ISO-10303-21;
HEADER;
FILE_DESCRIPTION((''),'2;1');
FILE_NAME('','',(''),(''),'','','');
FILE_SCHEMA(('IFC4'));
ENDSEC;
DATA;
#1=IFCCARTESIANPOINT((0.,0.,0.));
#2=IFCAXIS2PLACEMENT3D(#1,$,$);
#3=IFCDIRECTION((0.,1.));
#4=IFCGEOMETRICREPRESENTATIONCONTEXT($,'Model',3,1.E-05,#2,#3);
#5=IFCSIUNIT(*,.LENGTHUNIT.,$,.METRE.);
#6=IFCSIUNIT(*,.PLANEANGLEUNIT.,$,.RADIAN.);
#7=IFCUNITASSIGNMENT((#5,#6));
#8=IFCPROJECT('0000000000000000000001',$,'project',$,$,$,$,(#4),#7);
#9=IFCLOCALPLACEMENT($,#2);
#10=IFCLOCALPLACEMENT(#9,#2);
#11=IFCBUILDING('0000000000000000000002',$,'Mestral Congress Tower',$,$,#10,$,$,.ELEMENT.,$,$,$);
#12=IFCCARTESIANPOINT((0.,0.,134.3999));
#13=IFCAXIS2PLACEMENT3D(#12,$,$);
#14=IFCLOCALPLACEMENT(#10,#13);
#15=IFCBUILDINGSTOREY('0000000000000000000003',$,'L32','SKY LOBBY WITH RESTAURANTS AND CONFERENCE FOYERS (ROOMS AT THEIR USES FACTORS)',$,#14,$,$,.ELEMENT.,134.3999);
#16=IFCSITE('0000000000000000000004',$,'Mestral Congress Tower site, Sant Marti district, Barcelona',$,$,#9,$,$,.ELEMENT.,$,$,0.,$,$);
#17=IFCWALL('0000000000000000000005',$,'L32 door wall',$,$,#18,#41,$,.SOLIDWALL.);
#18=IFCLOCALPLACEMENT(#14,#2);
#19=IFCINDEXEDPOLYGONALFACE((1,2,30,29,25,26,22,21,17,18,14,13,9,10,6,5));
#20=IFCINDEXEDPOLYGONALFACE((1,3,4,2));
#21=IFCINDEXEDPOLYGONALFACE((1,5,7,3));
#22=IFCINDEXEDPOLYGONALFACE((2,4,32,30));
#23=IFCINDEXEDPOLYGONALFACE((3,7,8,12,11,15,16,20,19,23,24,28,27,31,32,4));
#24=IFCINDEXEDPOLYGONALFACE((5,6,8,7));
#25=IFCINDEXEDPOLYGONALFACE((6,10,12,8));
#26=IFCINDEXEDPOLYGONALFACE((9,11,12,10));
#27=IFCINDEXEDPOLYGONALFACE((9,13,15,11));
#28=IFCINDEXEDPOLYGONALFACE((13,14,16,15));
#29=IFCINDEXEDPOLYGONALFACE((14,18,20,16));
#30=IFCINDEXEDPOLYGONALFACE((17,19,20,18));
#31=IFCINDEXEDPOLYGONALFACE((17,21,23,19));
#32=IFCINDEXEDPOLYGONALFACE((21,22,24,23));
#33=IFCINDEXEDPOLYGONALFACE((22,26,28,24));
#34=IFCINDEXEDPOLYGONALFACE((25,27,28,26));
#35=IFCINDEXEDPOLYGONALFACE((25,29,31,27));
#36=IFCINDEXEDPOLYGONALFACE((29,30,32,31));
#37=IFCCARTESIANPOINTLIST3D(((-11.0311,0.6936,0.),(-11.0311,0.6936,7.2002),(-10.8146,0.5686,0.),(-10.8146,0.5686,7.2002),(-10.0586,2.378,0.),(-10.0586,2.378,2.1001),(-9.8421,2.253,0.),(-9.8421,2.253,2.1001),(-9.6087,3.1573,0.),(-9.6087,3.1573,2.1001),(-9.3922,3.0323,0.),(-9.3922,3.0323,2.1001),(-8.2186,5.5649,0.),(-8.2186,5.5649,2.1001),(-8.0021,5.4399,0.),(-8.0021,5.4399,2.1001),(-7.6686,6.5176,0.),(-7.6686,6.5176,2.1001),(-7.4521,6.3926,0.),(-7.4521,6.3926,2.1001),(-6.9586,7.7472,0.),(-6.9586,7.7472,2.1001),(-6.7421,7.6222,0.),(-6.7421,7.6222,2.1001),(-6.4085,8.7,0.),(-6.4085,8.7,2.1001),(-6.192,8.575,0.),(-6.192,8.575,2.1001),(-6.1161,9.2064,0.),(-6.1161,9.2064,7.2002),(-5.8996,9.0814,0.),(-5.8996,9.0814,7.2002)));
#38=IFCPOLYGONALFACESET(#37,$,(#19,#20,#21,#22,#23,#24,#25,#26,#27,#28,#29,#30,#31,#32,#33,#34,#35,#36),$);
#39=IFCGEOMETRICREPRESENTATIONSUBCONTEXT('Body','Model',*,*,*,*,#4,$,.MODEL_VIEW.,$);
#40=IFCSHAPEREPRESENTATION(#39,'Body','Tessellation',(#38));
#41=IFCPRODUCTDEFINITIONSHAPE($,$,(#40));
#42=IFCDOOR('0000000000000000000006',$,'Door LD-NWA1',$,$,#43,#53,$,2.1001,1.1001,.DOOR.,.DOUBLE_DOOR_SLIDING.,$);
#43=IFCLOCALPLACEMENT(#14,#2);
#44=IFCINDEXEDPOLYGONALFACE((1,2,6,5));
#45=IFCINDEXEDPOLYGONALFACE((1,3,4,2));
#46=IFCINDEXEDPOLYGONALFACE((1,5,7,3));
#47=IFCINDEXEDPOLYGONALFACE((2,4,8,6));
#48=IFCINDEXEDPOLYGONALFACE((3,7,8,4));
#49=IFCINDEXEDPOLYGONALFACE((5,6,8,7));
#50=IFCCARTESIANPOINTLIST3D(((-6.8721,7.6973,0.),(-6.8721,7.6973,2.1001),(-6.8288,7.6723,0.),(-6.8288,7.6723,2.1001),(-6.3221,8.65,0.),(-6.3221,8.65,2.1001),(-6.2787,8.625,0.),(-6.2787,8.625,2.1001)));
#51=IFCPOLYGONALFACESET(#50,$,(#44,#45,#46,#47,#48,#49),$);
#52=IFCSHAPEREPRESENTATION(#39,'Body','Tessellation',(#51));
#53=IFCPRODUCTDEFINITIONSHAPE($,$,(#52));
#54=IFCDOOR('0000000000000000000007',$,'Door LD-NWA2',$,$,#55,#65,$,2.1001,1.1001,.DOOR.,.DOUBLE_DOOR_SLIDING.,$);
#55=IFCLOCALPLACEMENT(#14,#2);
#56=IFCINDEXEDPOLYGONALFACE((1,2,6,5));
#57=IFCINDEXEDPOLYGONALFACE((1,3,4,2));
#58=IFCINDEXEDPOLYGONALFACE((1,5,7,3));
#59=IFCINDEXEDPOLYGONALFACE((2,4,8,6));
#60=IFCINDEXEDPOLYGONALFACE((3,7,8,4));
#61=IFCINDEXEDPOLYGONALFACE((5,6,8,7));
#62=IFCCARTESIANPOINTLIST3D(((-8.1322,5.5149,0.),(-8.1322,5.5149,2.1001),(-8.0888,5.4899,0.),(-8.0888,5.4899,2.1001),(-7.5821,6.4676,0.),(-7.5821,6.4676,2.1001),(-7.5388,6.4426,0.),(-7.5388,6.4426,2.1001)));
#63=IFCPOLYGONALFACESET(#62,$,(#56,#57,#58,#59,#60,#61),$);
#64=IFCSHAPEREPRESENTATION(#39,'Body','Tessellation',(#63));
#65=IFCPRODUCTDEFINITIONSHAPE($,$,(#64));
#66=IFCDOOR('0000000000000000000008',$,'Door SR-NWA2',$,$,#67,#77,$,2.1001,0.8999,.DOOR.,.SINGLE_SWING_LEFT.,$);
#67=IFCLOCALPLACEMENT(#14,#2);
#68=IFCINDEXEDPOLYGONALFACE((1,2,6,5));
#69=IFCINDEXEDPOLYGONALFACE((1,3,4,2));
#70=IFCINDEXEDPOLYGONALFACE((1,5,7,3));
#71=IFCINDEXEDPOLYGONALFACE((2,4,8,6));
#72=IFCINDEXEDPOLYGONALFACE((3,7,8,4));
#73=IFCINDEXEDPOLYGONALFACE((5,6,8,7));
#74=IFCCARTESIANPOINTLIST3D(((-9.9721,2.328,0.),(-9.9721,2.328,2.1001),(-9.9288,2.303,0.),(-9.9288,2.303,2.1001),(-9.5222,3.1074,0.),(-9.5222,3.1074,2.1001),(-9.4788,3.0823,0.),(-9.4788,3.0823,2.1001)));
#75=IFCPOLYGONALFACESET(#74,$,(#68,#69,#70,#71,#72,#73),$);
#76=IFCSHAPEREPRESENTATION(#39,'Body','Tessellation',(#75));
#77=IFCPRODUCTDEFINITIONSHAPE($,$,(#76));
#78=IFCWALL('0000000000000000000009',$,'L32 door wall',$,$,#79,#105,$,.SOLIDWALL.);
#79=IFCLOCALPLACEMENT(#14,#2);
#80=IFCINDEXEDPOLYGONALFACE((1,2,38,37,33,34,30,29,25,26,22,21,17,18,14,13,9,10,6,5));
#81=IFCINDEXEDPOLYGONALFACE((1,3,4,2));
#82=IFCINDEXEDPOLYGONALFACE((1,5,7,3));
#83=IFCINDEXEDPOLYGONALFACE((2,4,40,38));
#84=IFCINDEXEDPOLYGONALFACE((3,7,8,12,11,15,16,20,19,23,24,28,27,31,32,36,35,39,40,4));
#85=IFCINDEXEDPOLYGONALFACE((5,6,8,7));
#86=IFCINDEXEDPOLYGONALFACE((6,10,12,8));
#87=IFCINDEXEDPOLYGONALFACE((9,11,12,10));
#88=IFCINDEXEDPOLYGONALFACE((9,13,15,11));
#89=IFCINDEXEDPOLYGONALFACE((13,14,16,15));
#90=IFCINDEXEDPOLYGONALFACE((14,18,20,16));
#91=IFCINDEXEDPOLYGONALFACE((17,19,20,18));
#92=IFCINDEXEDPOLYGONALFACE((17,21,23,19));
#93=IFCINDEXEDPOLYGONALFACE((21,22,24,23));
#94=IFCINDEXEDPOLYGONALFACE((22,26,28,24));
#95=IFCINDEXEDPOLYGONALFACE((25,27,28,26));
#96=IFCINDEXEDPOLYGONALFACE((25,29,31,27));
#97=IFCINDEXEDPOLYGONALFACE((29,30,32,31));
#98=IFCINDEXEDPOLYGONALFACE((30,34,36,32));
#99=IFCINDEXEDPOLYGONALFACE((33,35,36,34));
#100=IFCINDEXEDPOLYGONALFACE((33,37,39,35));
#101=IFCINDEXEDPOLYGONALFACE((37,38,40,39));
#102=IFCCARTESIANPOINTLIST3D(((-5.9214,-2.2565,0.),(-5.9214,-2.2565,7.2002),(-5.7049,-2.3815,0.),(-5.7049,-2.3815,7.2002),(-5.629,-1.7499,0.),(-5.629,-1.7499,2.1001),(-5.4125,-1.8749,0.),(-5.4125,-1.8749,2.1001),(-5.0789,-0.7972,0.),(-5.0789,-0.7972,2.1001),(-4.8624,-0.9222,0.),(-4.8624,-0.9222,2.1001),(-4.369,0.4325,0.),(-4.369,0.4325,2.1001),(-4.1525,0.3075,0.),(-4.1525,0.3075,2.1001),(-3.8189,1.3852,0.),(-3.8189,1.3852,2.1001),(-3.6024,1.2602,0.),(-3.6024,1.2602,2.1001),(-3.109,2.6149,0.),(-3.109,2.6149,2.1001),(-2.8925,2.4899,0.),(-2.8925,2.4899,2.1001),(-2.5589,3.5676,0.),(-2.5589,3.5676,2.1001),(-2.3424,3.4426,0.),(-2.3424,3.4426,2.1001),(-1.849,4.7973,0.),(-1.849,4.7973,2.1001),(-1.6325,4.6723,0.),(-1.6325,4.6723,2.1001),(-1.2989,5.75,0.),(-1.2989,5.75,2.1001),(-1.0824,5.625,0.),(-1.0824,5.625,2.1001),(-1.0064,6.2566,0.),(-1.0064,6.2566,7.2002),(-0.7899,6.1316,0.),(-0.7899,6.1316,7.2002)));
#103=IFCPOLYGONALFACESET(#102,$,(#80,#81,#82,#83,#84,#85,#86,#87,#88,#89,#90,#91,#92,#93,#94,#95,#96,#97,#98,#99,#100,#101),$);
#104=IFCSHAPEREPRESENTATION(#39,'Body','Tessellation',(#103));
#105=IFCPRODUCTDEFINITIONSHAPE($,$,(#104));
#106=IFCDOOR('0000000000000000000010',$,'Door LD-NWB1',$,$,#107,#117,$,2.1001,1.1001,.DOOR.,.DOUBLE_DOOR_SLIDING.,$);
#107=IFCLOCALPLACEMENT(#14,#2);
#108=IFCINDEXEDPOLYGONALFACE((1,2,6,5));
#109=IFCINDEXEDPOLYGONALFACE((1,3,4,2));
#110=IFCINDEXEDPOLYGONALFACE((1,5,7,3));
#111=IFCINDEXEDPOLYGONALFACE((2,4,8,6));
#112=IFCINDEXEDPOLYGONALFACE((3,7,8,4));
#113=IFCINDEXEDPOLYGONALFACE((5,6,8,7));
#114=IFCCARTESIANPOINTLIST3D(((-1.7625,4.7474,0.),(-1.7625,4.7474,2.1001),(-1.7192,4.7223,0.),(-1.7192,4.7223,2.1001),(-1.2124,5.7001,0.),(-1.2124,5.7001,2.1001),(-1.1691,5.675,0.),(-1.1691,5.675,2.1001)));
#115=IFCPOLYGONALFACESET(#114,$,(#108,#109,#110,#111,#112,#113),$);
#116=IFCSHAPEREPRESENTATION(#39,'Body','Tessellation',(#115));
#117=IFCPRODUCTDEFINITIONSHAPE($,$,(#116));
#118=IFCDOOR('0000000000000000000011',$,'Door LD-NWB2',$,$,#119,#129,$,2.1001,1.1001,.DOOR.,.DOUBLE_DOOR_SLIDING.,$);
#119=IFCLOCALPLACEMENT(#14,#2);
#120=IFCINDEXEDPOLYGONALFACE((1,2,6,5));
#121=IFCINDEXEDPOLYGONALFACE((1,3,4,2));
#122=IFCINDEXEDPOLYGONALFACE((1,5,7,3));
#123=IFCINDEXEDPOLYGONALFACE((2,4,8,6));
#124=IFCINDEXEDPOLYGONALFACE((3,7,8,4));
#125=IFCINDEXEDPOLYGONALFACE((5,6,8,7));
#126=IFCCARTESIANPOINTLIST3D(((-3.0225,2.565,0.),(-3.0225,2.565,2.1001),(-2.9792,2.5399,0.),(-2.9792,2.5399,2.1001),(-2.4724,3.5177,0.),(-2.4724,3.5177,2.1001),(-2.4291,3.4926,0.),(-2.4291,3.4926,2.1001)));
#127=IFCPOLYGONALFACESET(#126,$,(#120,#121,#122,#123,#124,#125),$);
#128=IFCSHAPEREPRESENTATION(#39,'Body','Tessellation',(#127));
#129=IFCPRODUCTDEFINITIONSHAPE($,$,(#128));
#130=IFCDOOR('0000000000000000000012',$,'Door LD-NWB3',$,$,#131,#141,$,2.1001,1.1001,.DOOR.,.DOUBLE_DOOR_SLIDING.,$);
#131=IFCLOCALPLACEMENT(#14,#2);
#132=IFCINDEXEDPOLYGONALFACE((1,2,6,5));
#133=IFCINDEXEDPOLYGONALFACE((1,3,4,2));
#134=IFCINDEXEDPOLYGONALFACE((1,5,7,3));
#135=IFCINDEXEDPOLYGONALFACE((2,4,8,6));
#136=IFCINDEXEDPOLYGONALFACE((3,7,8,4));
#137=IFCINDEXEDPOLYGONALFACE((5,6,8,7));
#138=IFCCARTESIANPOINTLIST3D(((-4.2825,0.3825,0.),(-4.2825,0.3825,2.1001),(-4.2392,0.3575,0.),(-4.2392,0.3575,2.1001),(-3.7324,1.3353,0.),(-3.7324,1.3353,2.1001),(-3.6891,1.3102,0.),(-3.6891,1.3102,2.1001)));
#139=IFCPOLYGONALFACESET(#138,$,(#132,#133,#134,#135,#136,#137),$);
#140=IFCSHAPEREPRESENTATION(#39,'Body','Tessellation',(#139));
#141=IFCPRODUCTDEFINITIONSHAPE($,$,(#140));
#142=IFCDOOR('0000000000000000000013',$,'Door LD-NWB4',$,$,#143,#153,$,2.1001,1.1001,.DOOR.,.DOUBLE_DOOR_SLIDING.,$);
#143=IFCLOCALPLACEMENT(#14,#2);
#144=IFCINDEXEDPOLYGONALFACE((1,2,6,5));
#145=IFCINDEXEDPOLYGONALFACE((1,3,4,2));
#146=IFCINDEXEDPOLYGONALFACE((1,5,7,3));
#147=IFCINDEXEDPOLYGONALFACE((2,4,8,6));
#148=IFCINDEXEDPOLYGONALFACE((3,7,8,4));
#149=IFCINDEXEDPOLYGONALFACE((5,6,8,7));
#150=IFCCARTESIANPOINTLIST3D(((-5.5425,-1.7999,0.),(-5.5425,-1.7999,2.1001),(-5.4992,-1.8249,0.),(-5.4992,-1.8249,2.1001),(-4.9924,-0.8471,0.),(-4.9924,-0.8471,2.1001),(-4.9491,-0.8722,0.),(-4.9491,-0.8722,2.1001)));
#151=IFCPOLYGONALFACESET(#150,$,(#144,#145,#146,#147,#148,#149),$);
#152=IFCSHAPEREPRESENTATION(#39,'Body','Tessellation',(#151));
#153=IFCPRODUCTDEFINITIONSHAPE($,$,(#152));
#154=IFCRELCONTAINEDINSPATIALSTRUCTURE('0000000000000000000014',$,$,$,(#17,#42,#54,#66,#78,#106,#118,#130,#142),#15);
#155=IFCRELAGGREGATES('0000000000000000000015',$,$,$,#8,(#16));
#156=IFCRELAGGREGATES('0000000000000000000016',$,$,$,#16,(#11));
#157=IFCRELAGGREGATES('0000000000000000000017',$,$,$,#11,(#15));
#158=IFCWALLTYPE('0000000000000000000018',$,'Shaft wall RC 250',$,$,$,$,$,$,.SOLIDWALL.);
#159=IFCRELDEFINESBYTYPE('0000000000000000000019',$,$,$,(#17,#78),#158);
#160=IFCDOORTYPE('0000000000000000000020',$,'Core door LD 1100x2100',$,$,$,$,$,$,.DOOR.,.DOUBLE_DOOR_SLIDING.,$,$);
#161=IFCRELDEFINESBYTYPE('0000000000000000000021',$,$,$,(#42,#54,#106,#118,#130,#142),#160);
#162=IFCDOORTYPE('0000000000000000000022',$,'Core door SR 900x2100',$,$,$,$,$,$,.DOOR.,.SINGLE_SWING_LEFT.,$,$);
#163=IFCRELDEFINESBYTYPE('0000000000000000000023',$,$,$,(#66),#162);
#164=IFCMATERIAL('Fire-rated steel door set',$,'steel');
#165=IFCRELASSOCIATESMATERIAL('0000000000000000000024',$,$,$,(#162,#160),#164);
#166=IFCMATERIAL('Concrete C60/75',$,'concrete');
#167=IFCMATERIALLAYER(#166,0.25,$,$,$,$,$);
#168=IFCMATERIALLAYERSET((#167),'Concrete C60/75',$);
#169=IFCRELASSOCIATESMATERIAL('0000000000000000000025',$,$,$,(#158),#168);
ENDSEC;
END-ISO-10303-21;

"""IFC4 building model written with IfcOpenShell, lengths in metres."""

from ifc_helpers import new_model, si_unit, direction, frame, frame_2d, origin, place, context, subcontext, project, spatial, rectangle, extrude, material, layer, layer_set, type_object, element, fill, save


model = new_model("IFC4")

# Units and contexts
model_context = context("Model", 3, precision=1e-05, world=origin(), true_north=direction((0.0, 1.0)))
body_context = subcontext(model_context, "Body", "Model", "MODEL_VIEW")
ifc_project = project(units=[si_unit("LENGTHUNIT", "METRE"), si_unit("PLANEANGLEUNIT", "RADIAN")], contexts=[model_context])

# Site, building, storey
site_placement = place(None, origin())
site = spatial("IfcSite", under=ifc_project, at=site_placement, Name="Mestral Congress Tower site, Sant Marti district, Barcelona", CompositionType="ELEMENT", RefElevation=0.0)
building_placement = place(site_placement, origin())
building = spatial("IfcBuilding", under=site, at=building_placement, Name="Mestral Congress Tower", CompositionType="ELEMENT")
storey_placement = place(building_placement, frame((0.0, 0.0, 134.3999)))
storey = spatial("IfcBuildingStorey", under=building, at=storey_placement, Name="L32", Description="SKY LOBBY WITH RESTAURANTS AND CONFERENCE FOYERS (ROOMS AT THEIR USES FACTORS)", CompositionType="ELEMENT", Elevation=134.3999)

# Shared definitions
ifc_material_1 = material(Name="Fire-rated steel door set", Category="steel")
door_type_1 = type_object("IfcDoorType", Name="Core door SR 900x2100", OperationType="SINGLE_SWING_LEFT", PredefinedType="DOOR", material=ifc_material_1)

# Shared definitions
ifc_material_2 = material(Name="Concrete C60/75", Category="concrete")
ifc_layer_1 = layer(ifc_material_2, 0.25)
ifc_layer_set_1 = layer_set([ifc_layer_1], Name="Concrete C60/75")
wall_type_1 = type_object("IfcWallType", Name="Shaft wall RC 250", PredefinedType="SOLIDWALL", material=ifc_layer_set_1)

# Walls, openings, doors
wall_1_placement = place(storey_placement, frame((-6.0078, 9.144, 0.0), z_axis=(0.0, 0.0, 1.0), x_axis=(-0.500007, -0.866021, 0.0)))
wall_1 = element("IfcWall", 1, at=wall_1_placement, inside=storey, type_object=wall_type_1, Name="L32 door wall", PredefinedType="SOLIDWALL", context=body_context, shape_type="SweptSolid", body=[
    extrude(rectangle(XDim=9.8298, YDim=0.25, at=frame_2d((4.915, 0.0))), origin(), (0.0, 0.0, 1.0), 7.2002),
])
opening_1_placement = place(wall_1_placement, frame((0.585, 0.0, 0.0)))
opening_1 = element("IfcOpeningElement", 2, at=opening_1_placement, cuts=wall_1, PredefinedType="OPENING", context=body_context, shape_type="SweptSolid", body=[
    extrude(rectangle(XDim=1.1001, YDim=2.1001, at=frame_2d((0.55, 1.05))), frame((0.0, 0.135, 0.0), z_axis=(0.0, -1.0, 0.0), x_axis=(1.0, 0.0, 0.0)), (0.0, 0.0, 1.0), 0.27),
])
opening_2_placement = place(wall_1_placement, frame((3.105, 0.0, 0.0)))
opening_2 = element("IfcOpeningElement", 3, at=opening_2_placement, cuts=wall_1, PredefinedType="OPENING", context=body_context, shape_type="SweptSolid", body=[
    extrude(rectangle(XDim=1.1001, YDim=2.1001, at=frame_2d((0.55, 1.05))), frame((0.0, 0.135, 0.0), z_axis=(0.0, -1.0, 0.0), x_axis=(1.0, 0.0, 0.0)), (0.0, 0.0, 1.0), 0.27),
])
opening_3_placement = place(wall_1_placement, frame((6.9851, 0.0, 0.0)))
opening_3 = element("IfcOpeningElement", 4, at=opening_3_placement, cuts=wall_1, PredefinedType="OPENING", context=body_context, shape_type="SweptSolid", body=[
    extrude(rectangle(XDim=0.8999, YDim=2.1001, at=frame_2d((0.45, 1.05))), frame((0.0, 0.135, 0.0), z_axis=(0.0, -1.0, 0.0), x_axis=(1.0, 0.0, 0.0)), (0.0, 0.0, 1.0), 0.27),
])
door_type_2 = type_object("IfcDoorType", Name="Core door LD 1100x2100", OperationType="DOUBLE_DOOR_SLIDING", PredefinedType="DOOR", material=ifc_material_1)
door_1_placement = place(opening_1_placement, origin())
door_1 = element("IfcDoor", 5, at=door_1_placement, inside=storey, type_object=door_type_2, Name="Door LD-NWA1", OperationType="DOUBLE_DOOR_SLIDING", OverallHeight=2.1001, OverallWidth=1.1001, PredefinedType="DOOR", context=body_context, shape_type="SweptSolid", body=[
    extrude(rectangle(XDim=1.1001, YDim=2.1001, at=frame_2d((0.55, 1.05))), frame((0.0, 0.0249, 0.0), z_axis=(0.0, -1.0, 0.0), x_axis=(1.0, 0.0, 0.0)), (0.0, 0.0, 1.0), 0.05),
])
fill(opening_1, door_1)
door_2_placement = place(opening_2_placement, origin())
door_2 = element("IfcDoor", 6, at=door_2_placement, inside=storey, type_object=door_type_2, Name="Door LD-NWA2", OperationType="DOUBLE_DOOR_SLIDING", OverallHeight=2.1001, OverallWidth=1.1001, PredefinedType="DOOR", context=body_context, shape_type="SweptSolid", body=[
    extrude(rectangle(XDim=1.1001, YDim=2.1001, at=frame_2d((0.55, 1.05))), frame((0.0, 0.0249, 0.0), z_axis=(0.0, -1.0, 0.0), x_axis=(1.0, 0.0, 0.0)), (0.0, 0.0, 1.0), 0.05),
])
fill(opening_2, door_2)
door_3_placement = place(opening_3_placement, origin())
door_3 = element("IfcDoor", 7, at=door_3_placement, inside=storey, type_object=door_type_1, Name="Door SR-NWA2", OperationType="SINGLE_SWING_LEFT", OverallHeight=2.1001, OverallWidth=0.8999, PredefinedType="DOOR", context=body_context, shape_type="SweptSolid", body=[
    extrude(rectangle(XDim=0.8999, YDim=2.1001, at=frame_2d((0.45, 1.05))), frame((0.0, 0.0249, 0.0), z_axis=(0.0, -1.0, 0.0), x_axis=(1.0, 0.0, 0.0)), (0.0, 0.0, 1.0), 0.05),
])
fill(opening_3, door_3)
wall_2_placement = place(storey_placement, frame((-0.8982, 6.1941, 0.0), z_axis=(0.0, 0.0, 1.0), x_axis=(-0.499996, -0.866028, 0.0)))
wall_2 = element("IfcWall", 8, at=wall_2_placement, inside=storey, type_object=wall_type_1, Name="L32 door wall", PredefinedType="SOLIDWALL", context=body_context, shape_type="SweptSolid", body=[
    extrude(rectangle(XDim=9.8301, YDim=0.25, at=frame_2d((4.915, 0.0))), origin(), (0.0, 0.0, 1.0), 7.2002),
])
opening_4_placement = place(wall_2_placement, frame((0.585, 0.0, 0.0)))
opening_4 = element("IfcOpeningElement", 9, at=opening_4_placement, cuts=wall_2, PredefinedType="OPENING", context=body_context, shape_type="SweptSolid", body=[
    extrude(rectangle(XDim=1.1001, YDim=2.1001, at=frame_2d((0.55, 1.05))), frame((0.0, 0.135, 0.0), z_axis=(0.0, -1.0, 0.0), x_axis=(1.0, 0.0, 0.0)), (0.0, 0.0, 1.0), 0.27),
])
opening_5_placement = place(wall_2_placement, frame((3.105, 0.0, 0.0)))
opening_5 = element("IfcOpeningElement", 10, at=opening_5_placement, cuts=wall_2, PredefinedType="OPENING", context=body_context, shape_type="SweptSolid", body=[
    extrude(rectangle(XDim=1.1001, YDim=2.1001, at=frame_2d((0.55, 1.05))), frame((0.0, 0.135, 0.0), z_axis=(0.0, -1.0, 0.0), x_axis=(1.0, 0.0, 0.0)), (0.0, 0.0, 1.0), 0.27),
])
opening_6_placement = place(wall_2_placement, frame((5.625, 0.0, 0.0)))
opening_6 = element("IfcOpeningElement", 11, at=opening_6_placement, cuts=wall_2, PredefinedType="OPENING", context=body_context, shape_type="SweptSolid", body=[
    extrude(rectangle(XDim=1.1001, YDim=2.1001, at=frame_2d((0.55, 1.05))), frame((0.0, 0.135, 0.0), z_axis=(0.0, -1.0, 0.0), x_axis=(1.0, 0.0, 0.0)), (0.0, 0.0, 1.0), 0.27),
])
opening_7_placement = place(wall_2_placement, frame((8.145, 0.0, 0.0)))
opening_7 = element("IfcOpeningElement", 12, at=opening_7_placement, cuts=wall_2, PredefinedType="OPENING", context=body_context, shape_type="SweptSolid", body=[
    extrude(rectangle(XDim=1.1001, YDim=2.1001, at=frame_2d((0.55, 1.05))), frame((0.0, 0.135, 0.0), z_axis=(0.0, -1.0, 0.0), x_axis=(1.0, 0.0, 0.0)), (0.0, 0.0, 1.0), 0.27),
])
door_4_placement = place(opening_4_placement, origin())
door_4 = element("IfcDoor", 13, at=door_4_placement, inside=storey, type_object=door_type_2, Name="Door LD-NWB1", OperationType="DOUBLE_DOOR_SLIDING", OverallHeight=2.1001, OverallWidth=1.1001, PredefinedType="DOOR", context=body_context, shape_type="SweptSolid", body=[
    extrude(rectangle(XDim=1.1001, YDim=2.1001, at=frame_2d((0.55, 1.05))), frame((0.0, 0.0249, 0.0), z_axis=(0.0, -1.0, 0.0), x_axis=(1.0, 0.0, 0.0)), (0.0, 0.0, 1.0), 0.05),
])
fill(opening_4, door_4)
door_5_placement = place(opening_5_placement, origin())
door_5 = element("IfcDoor", 14, at=door_5_placement, inside=storey, type_object=door_type_2, Name="Door LD-NWB2", OperationType="DOUBLE_DOOR_SLIDING", OverallHeight=2.1001, OverallWidth=1.1001, PredefinedType="DOOR", context=body_context, shape_type="SweptSolid", body=[
    extrude(rectangle(XDim=1.1001, YDim=2.1001, at=frame_2d((0.55, 1.05))), frame((0.0, 0.0249, 0.0), z_axis=(0.0, -1.0, 0.0), x_axis=(1.0, 0.0, 0.0)), (0.0, 0.0, 1.0), 0.05),
])
fill(opening_5, door_5)
door_6_placement = place(opening_6_placement, origin())
door_6 = element("IfcDoor", 15, at=door_6_placement, inside=storey, type_object=door_type_2, Name="Door LD-NWB3", OperationType="DOUBLE_DOOR_SLIDING", OverallHeight=2.1001, OverallWidth=1.1001, PredefinedType="DOOR", context=body_context, shape_type="SweptSolid", body=[
    extrude(rectangle(XDim=1.1001, YDim=2.1001, at=frame_2d((0.55, 1.05))), frame((0.0, 0.0249, 0.0), z_axis=(0.0, -1.0, 0.0), x_axis=(1.0, 0.0, 0.0)), (0.0, 0.0, 1.0), 0.05),
])
fill(opening_6, door_6)
door_7_placement = place(opening_7_placement, origin())
door_7 = element("IfcDoor", 16, at=door_7_placement, inside=storey, type_object=door_type_2, Name="Door LD-NWB4", OperationType="DOUBLE_DOOR_SLIDING", OverallHeight=2.1001, OverallWidth=1.1001, PredefinedType="DOOR", context=body_context, shape_type="SweptSolid", body=[
    extrude(rectangle(XDim=1.1001, YDim=2.1001, at=frame_2d((0.55, 1.05))), frame((0.0, 0.0249, 0.0), z_axis=(0.0, -1.0, 0.0), x_axis=(1.0, 0.0, 0.0)), (0.0, 0.0, 1.0), 0.05),
])
fill(opening_7, door_7)

save(model, "model.ifc")
